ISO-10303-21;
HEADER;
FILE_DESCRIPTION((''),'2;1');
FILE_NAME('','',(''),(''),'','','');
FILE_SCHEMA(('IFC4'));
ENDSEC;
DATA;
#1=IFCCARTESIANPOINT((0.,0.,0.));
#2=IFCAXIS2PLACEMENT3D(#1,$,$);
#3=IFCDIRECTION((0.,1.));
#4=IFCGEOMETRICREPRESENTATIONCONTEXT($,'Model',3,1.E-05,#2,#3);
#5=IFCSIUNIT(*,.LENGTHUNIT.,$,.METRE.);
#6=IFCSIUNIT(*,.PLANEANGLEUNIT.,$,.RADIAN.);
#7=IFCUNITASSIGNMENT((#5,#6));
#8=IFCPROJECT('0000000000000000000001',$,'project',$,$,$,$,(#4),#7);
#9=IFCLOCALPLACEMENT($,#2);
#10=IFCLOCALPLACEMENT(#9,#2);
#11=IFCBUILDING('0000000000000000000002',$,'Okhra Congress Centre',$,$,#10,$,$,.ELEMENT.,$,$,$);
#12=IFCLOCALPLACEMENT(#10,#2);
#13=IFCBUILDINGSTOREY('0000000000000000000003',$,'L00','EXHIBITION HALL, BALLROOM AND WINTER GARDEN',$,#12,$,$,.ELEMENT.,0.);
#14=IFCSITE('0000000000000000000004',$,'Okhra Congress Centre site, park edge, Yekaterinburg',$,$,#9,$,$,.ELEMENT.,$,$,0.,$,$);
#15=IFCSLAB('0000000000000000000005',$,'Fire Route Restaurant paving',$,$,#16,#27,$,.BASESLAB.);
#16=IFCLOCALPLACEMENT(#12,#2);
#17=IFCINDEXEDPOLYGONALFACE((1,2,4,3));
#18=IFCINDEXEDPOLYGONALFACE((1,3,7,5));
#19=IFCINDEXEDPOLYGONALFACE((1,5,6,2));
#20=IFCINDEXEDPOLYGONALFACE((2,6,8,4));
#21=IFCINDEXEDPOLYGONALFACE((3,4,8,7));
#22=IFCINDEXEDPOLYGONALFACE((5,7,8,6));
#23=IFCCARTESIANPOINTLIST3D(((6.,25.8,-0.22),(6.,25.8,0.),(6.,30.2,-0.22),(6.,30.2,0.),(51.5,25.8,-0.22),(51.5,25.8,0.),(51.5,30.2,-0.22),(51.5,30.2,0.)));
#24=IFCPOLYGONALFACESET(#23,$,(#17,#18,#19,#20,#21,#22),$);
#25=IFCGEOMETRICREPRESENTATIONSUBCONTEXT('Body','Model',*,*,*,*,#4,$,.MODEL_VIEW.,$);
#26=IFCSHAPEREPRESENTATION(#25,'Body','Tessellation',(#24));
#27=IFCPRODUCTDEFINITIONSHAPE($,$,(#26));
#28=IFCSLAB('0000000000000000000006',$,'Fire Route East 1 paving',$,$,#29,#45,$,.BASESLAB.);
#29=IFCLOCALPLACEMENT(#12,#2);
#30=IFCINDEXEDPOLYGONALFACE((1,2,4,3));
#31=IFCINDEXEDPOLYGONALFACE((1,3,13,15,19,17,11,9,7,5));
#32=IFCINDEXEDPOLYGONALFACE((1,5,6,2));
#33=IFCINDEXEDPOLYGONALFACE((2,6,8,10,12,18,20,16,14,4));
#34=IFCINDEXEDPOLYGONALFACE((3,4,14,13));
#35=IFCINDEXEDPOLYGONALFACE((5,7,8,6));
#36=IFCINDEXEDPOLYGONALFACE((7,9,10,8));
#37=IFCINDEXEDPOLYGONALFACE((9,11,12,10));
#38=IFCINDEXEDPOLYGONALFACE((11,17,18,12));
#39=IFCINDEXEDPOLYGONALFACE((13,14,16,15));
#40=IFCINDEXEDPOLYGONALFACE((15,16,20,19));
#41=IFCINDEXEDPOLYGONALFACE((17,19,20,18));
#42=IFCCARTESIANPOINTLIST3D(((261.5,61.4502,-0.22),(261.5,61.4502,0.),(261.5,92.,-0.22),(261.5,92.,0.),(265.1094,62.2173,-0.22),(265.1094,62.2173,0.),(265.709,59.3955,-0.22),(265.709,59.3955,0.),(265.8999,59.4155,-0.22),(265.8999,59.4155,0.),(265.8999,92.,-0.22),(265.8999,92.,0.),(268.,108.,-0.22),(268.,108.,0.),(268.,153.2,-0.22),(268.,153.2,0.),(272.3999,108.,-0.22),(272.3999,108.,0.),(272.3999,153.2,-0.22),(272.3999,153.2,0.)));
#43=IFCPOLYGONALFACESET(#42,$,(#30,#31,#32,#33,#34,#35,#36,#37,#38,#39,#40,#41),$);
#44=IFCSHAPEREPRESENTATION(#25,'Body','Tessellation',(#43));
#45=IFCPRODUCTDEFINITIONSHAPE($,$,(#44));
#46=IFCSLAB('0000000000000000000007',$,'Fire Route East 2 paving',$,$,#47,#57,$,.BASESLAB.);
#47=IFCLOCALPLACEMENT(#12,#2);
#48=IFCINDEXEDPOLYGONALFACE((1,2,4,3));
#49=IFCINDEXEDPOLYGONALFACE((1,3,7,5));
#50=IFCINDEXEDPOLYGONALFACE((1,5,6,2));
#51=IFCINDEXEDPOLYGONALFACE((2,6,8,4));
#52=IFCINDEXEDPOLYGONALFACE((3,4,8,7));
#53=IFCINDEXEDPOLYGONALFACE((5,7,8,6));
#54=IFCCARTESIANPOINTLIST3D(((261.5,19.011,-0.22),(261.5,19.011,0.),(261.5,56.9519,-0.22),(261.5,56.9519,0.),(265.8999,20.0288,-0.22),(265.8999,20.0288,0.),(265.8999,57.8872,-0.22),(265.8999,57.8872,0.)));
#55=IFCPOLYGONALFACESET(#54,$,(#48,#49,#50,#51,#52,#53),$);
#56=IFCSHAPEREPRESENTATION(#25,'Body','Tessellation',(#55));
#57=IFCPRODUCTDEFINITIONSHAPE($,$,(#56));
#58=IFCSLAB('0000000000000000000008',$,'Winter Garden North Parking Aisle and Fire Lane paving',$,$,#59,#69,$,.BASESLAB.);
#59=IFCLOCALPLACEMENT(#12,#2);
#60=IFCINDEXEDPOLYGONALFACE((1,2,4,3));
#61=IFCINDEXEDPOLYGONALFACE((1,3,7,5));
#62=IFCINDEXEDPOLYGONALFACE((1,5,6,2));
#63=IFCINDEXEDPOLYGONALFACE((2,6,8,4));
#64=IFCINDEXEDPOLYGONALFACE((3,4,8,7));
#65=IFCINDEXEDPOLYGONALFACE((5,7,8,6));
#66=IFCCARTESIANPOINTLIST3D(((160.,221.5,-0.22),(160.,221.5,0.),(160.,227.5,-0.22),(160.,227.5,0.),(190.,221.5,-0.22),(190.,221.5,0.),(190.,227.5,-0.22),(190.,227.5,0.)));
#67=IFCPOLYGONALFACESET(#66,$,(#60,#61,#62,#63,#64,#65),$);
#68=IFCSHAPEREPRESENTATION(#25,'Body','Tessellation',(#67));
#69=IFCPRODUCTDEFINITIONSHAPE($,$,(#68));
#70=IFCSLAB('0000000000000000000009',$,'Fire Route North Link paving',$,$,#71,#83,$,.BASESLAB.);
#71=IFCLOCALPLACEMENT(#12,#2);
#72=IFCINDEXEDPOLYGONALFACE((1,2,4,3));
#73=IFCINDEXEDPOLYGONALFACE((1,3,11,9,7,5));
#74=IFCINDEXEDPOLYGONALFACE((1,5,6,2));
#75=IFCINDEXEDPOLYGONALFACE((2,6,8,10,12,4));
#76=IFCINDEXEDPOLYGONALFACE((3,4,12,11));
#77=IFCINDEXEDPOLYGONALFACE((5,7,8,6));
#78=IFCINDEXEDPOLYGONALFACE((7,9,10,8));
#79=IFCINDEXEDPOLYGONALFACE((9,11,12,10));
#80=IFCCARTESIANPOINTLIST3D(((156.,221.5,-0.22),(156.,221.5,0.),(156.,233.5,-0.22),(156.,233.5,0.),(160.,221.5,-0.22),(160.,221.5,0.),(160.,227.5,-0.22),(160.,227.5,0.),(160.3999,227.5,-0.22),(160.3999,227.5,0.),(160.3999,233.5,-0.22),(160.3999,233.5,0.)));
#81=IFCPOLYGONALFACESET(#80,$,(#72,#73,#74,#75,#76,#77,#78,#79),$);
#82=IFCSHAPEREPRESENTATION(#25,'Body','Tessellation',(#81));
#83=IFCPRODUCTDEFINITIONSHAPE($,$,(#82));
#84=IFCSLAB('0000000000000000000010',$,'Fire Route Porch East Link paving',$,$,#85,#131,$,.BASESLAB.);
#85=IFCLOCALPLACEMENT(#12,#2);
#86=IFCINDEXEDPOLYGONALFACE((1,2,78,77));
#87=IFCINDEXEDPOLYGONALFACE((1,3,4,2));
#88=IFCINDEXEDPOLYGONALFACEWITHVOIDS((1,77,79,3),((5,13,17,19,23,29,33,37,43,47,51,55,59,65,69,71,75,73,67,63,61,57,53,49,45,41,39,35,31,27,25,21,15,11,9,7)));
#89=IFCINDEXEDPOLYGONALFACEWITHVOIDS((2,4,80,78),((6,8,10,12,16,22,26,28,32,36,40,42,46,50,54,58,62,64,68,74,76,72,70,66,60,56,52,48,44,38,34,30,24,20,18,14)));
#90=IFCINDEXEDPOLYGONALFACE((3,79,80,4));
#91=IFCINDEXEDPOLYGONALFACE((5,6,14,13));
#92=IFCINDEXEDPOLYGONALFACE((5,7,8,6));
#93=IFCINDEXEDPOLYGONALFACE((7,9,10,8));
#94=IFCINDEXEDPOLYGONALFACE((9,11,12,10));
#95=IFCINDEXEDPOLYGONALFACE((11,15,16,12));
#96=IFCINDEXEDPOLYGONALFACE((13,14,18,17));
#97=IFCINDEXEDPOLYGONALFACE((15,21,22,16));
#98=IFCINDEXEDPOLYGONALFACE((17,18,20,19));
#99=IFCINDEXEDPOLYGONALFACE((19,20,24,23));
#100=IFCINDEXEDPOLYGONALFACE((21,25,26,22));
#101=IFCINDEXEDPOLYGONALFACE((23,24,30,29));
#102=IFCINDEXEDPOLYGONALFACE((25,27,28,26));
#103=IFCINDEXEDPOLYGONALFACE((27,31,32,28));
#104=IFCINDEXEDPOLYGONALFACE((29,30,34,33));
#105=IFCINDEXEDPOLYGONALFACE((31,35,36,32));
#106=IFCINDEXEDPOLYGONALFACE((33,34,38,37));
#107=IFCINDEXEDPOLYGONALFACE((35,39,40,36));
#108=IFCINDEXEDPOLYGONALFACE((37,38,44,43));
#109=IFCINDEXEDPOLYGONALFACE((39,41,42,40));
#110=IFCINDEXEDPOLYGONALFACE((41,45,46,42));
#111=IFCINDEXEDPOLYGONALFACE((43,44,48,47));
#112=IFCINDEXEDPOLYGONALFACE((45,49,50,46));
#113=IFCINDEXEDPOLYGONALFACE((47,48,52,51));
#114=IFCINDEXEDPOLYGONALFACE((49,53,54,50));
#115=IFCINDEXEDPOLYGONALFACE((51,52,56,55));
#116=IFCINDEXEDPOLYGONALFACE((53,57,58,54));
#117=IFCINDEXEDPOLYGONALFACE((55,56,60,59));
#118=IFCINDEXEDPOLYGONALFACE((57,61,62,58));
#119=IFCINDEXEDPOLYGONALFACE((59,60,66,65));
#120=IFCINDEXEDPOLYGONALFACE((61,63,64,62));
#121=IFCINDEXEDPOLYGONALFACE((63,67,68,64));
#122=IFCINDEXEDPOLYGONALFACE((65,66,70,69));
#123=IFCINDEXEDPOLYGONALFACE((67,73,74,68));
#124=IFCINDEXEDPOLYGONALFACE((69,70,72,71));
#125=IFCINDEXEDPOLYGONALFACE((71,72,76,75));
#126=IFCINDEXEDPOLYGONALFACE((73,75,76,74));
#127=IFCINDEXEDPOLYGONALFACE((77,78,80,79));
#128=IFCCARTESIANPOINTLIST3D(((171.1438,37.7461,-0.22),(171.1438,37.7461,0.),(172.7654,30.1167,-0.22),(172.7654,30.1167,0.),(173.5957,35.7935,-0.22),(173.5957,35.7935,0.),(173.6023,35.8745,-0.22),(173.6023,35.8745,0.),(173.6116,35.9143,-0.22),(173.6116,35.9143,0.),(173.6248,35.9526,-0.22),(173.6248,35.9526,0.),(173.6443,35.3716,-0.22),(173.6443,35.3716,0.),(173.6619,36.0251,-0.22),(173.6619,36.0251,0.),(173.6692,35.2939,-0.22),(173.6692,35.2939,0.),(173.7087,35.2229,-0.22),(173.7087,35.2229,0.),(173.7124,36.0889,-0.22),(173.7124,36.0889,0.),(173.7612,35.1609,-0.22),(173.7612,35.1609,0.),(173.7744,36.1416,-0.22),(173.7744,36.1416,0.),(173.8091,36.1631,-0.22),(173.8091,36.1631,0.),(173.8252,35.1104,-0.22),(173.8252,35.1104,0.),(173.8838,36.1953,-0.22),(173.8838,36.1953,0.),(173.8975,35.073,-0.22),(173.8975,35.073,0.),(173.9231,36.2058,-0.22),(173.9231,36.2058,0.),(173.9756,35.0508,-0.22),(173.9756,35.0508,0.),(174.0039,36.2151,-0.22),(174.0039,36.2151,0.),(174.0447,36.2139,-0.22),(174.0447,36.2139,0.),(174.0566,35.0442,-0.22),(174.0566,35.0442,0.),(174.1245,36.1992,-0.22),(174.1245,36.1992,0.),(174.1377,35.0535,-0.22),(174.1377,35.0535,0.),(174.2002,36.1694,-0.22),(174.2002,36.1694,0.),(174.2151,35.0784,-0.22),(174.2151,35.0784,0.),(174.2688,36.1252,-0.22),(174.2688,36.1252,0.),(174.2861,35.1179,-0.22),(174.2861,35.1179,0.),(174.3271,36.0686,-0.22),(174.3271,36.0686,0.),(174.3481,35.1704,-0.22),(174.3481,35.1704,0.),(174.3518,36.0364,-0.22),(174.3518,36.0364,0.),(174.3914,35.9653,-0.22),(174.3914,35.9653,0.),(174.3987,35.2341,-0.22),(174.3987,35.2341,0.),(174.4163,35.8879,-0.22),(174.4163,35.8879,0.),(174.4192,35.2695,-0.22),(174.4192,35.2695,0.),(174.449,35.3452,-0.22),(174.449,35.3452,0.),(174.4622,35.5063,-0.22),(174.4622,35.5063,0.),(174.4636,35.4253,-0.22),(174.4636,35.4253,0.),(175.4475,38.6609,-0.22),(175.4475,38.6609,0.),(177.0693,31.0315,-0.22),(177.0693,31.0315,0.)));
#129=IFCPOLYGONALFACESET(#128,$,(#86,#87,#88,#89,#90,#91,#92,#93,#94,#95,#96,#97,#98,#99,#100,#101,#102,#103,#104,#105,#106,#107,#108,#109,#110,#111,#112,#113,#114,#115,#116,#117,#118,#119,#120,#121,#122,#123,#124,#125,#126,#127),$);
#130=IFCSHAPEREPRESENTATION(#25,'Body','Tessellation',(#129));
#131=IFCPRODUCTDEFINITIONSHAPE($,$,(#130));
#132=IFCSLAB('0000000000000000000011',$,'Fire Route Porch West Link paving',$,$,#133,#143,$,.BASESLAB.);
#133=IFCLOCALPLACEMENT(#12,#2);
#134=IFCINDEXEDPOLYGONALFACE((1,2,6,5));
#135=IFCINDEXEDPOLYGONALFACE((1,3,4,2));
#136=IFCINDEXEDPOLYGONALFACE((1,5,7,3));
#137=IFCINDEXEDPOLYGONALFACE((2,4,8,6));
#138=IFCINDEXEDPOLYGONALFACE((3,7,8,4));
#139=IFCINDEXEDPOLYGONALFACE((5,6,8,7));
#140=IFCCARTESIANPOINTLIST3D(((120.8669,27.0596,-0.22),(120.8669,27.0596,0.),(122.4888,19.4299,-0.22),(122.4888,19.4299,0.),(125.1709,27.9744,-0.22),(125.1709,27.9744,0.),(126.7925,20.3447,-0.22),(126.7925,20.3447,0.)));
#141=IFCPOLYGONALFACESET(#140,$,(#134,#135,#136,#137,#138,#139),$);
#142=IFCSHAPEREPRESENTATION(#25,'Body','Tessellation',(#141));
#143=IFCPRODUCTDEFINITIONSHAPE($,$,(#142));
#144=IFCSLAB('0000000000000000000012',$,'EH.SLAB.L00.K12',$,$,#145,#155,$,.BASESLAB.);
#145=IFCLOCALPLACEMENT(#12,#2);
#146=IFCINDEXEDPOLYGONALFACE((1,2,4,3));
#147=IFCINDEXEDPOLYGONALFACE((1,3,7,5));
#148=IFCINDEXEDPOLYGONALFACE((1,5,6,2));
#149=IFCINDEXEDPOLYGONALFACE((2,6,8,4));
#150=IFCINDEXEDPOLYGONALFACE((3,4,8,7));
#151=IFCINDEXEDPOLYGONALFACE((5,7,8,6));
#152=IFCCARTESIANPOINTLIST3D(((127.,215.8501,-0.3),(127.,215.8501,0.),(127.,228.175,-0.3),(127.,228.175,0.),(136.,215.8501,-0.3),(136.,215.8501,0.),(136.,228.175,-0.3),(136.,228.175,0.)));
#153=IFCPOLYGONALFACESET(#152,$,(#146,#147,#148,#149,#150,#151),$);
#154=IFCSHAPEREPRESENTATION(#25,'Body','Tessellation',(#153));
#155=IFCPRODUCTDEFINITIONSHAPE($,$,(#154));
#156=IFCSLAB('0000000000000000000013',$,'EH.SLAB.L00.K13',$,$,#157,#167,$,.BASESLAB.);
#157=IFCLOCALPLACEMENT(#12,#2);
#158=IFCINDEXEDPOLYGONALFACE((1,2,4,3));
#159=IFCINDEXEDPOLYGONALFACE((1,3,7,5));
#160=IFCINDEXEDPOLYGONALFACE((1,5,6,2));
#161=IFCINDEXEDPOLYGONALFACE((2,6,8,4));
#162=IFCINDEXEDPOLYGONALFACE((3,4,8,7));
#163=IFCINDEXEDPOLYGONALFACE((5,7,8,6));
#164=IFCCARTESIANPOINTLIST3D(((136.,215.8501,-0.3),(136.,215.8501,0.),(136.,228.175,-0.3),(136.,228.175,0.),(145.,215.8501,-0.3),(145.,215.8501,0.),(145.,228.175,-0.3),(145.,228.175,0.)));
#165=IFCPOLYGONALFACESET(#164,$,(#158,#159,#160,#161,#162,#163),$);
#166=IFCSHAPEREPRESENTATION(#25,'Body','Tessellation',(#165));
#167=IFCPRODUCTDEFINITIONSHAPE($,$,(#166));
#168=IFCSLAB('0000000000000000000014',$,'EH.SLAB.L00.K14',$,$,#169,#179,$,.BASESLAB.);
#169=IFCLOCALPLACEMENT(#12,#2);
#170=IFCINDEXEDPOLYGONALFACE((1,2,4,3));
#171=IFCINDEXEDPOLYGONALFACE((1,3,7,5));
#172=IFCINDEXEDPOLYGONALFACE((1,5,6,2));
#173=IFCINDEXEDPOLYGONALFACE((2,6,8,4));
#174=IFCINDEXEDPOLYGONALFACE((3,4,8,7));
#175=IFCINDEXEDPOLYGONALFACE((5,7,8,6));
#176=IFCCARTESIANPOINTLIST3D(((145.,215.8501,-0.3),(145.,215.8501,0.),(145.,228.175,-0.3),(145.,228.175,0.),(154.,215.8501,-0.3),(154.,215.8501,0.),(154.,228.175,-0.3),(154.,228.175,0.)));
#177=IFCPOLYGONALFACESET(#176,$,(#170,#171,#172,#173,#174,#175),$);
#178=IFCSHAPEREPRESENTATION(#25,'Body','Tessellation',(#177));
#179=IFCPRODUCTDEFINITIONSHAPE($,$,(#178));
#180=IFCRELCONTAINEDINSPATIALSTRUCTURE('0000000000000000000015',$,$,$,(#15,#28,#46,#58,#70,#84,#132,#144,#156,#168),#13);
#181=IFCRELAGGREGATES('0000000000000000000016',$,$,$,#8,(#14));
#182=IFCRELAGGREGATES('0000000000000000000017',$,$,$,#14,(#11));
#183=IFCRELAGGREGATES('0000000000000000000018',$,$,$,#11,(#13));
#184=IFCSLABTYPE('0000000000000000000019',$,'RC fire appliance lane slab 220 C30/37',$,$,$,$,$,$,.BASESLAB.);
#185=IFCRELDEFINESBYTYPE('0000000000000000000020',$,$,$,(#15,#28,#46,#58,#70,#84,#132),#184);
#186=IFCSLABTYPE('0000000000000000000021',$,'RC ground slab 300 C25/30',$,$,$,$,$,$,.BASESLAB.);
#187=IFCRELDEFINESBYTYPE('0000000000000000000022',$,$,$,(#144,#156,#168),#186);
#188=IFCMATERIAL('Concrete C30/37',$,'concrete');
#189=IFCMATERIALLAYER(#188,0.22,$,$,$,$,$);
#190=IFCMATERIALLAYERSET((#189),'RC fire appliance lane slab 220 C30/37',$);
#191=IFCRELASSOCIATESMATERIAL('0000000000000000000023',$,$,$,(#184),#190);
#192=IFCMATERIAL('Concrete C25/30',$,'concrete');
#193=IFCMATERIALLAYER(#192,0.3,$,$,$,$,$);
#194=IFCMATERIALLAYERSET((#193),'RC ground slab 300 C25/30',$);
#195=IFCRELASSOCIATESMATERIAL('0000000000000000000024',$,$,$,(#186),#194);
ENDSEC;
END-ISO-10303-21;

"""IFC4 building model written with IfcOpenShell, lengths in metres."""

from ifc_helpers import new_model, si_unit, direction, frame, origin, place, context, subcontext, project, spatial, polyline, outline, extrude, material, layer, layer_set, type_object, element, save


model = new_model("IFC4")

# Units and contexts
model_context = context("Model", 3, precision=1e-05, world=origin(), true_north=direction((0.0, 1.0)))
body_context = subcontext(model_context, "Body", "Model", "MODEL_VIEW")
ifc_project = project(units=[si_unit("LENGTHUNIT", "METRE"), si_unit("PLANEANGLEUNIT", "RADIAN")], contexts=[model_context])

# Site, building, storey
site_placement = place(None, origin())
site = spatial("IfcSite", under=ifc_project, at=site_placement, Name="Okhra Congress Centre site, park edge, Yekaterinburg", CompositionType="ELEMENT", RefElevation=0.0)
building_placement = place(site_placement, origin())
building = spatial("IfcBuilding", under=site, at=building_placement, Name="Okhra Congress Centre", CompositionType="ELEMENT")
storey_placement = place(building_placement, origin())
storey = spatial("IfcBuildingStorey", under=building, at=storey_placement, Name="L00", Description="EXHIBITION HALL, BALLROOM AND WINTER GARDEN", CompositionType="ELEMENT", Elevation=0.0)

# Slabs
ifc_material_1 = material(Name="Concrete C30/37", Category="concrete")
ifc_layer_1 = layer(ifc_material_1, 0.22)
ifc_layer_set_1 = layer_set([ifc_layer_1], Name="RC fire appliance lane slab 220 C30/37")
slab_type_1 = type_object("IfcSlabType", Name="RC fire appliance lane slab 220 C30/37", PredefinedType="BASESLAB", material=ifc_layer_set_1)
slab_1_placement = place(storey_placement, frame((0.0, 0.0, -0.22)))
element("IfcSlab", 1, at=slab_1_placement, inside=storey, type_object=slab_type_1, Name="Fire Route Restaurant paving", PredefinedType="BASESLAB", context=body_context, shape_type="SweptSolid", body=[
    extrude(outline(polyline([(51.5, 30.2), (6.0, 30.2), (6.0, 25.8), (51.5, 25.8), (51.5, 30.2)])), origin(), (0.0, 0.0, 1.0), 0.22),
])
slab_2_placement = place(storey_placement, frame((0.0, 0.0, -0.22)))
element("IfcSlab", 2, at=slab_2_placement, inside=storey, type_object=slab_type_1, Name="Fire Route East 1 paving", PredefinedType="BASESLAB", context=body_context, shape_type="SweptSolid", body=[
    extrude(outline(polyline([(268.0, 153.2), (268.0, 108.0), (261.5, 92.0), (261.5, 61.4502), (265.1094, 62.2173), (265.709, 59.3955), (265.8999, 59.4155), (265.8999, 92.0), (272.3999, 108.0), (272.3999, 153.2), (268.0, 153.2)])), origin(), (0.0, 0.0, 1.0), 0.22),
])
slab_3_placement = place(storey_placement, frame((0.0, 0.0, -0.22)))
element("IfcSlab", 3, at=slab_3_placement, inside=storey, type_object=slab_type_1, Name="Fire Route East 2 paving", PredefinedType="BASESLAB", context=body_context, shape_type="SweptSolid", body=[
    extrude(outline(polyline([(265.8999, 57.8872), (261.5, 56.9519), (261.5, 19.011), (265.8999, 20.0288), (265.8999, 57.8872)])), origin(), (0.0, 0.0, 1.0), 0.22),
])
slab_4_placement = place(storey_placement, frame((0.0, 0.0, -0.22)))
element("IfcSlab", 4, at=slab_4_placement, inside=storey, type_object=slab_type_1, Name="Winter Garden North Parking Aisle and Fire Lane paving", PredefinedType="BASESLAB", context=body_context, shape_type="SweptSolid", body=[
    extrude(outline(polyline([(190.0, 227.5), (160.0, 227.5), (160.0, 221.5), (190.0, 221.5), (190.0, 227.5)])), origin(), (0.0, 0.0, 1.0), 0.22),
])
slab_5_placement = place(storey_placement, frame((0.0, 0.0, -0.22)))
element("IfcSlab", 5, at=slab_5_placement, inside=storey, type_object=slab_type_1, Name="Fire Route North Link paving", PredefinedType="BASESLAB", context=body_context, shape_type="SweptSolid", body=[
    extrude(outline(polyline([(160.3999, 233.5), (156.0, 233.5), (156.0, 221.5), (160.0, 221.5), (160.0, 227.5), (160.3999, 227.5), (160.3999, 233.5)])), origin(), (0.0, 0.0, 1.0), 0.22),
])
slab_6_placement = place(storey_placement, frame((0.0, 0.0, -0.22)))
element("IfcSlab", 6, at=slab_6_placement, inside=storey, type_object=slab_type_1, Name="Fire Route Porch East Link paving", PredefinedType="BASESLAB", context=body_context, shape_type="SweptSolid", body=[
    extrude(outline(polyline([(177.0693, 31.0315), (175.4475, 38.6609), (171.1438, 37.7461), (172.7654, 30.1167), (177.0693, 31.0315)]), holes=[polyline([(173.6619, 36.0251), (173.6248, 35.9526), (173.6116, 35.9143), (173.6023, 35.8745), (173.5957, 35.7935), (173.6443, 35.3716), (173.6692, 35.2939), (173.7087, 35.2229), (173.7612, 35.1609), (173.8252, 35.1104), (173.8975, 35.073), (173.9756, 35.0508), (174.0566, 35.0442), (174.1377, 35.0535), (174.2151, 35.0784), (174.2861, 35.1179), (174.3481, 35.1704), (174.3987, 35.2341), (174.4192, 35.2695), (174.449, 35.3452), (174.4636, 35.4253), (174.4622, 35.5063), (174.4163, 35.8879), (174.3914, 35.9653), (174.3518, 36.0364), (174.3271, 36.0686), (174.2688, 36.1252), (174.2002, 36.1694), (174.1245, 36.1992), (174.0447, 36.2139), (174.0039, 36.2151), (173.9231, 36.2058), (173.8838, 36.1953), (173.8091, 36.1631), (173.7744, 36.1416), (173.7124, 36.0889), (173.6619, 36.0251)])]), origin(), (0.0, 0.0, 1.0), 0.22),
])
slab_7_placement = place(storey_placement, frame((0.0, 0.0, -0.22)))
element("IfcSlab", 7, at=slab_7_placement, inside=storey, type_object=slab_type_1, Name="Fire Route Porch West Link paving", PredefinedType="BASESLAB", context=body_context, shape_type="SweptSolid", body=[
    extrude(outline(polyline([(122.4888, 19.4299), (126.7925, 20.3447), (125.1709, 27.9744), (120.8669, 27.0596), (122.4888, 19.4299)])), origin(), (0.0, 0.0, 1.0), 0.22),
])
ifc_material_2 = material(Name="Concrete C25/30", Category="concrete")
ifc_layer_2 = layer(ifc_material_2, 0.3)
ifc_layer_set_2 = layer_set([ifc_layer_2], Name="RC ground slab 300 C25/30")
slab_type_2 = type_object("IfcSlabType", Name="RC ground slab 300 C25/30", PredefinedType="BASESLAB", material=ifc_layer_set_2)
slab_8_placement = place(storey_placement, frame((0.0, 0.0, -0.3)))
element("IfcSlab", 8, at=slab_8_placement, inside=storey, type_object=slab_type_2, Name="EH.SLAB.L00.K12", PredefinedType="BASESLAB", context=body_context, shape_type="SweptSolid", body=[
    extrude(outline(polyline([(127.0, 215.8501), (136.0, 215.8501), (136.0, 228.175), (127.0, 228.175), (127.0, 215.8501)])), origin(), (0.0, 0.0, 1.0), 0.3),
])
slab_9_placement = place(storey_placement, frame((0.0, 0.0, -0.3)))
element("IfcSlab", 9, at=slab_9_placement, inside=storey, type_object=slab_type_2, Name="EH.SLAB.L00.K13", PredefinedType="BASESLAB", context=body_context, shape_type="SweptSolid", body=[
    extrude(outline(polyline([(136.0, 215.8501), (145.0, 215.8501), (145.0, 228.175), (136.0, 228.175), (136.0, 215.8501)])), origin(), (0.0, 0.0, 1.0), 0.3),
])
slab_10_placement = place(storey_placement, frame((0.0, 0.0, -0.3)))
element("IfcSlab", 10, at=slab_10_placement, inside=storey, type_object=slab_type_2, Name="EH.SLAB.L00.K14", PredefinedType="BASESLAB", context=body_context, shape_type="SweptSolid", body=[
    extrude(outline(polyline([(145.0, 215.8501), (154.0, 215.8501), (154.0, 228.175), (145.0, 228.175), (145.0, 215.8501)])), origin(), (0.0, 0.0, 1.0), 0.3),
])

save(model, "model.ifc")
